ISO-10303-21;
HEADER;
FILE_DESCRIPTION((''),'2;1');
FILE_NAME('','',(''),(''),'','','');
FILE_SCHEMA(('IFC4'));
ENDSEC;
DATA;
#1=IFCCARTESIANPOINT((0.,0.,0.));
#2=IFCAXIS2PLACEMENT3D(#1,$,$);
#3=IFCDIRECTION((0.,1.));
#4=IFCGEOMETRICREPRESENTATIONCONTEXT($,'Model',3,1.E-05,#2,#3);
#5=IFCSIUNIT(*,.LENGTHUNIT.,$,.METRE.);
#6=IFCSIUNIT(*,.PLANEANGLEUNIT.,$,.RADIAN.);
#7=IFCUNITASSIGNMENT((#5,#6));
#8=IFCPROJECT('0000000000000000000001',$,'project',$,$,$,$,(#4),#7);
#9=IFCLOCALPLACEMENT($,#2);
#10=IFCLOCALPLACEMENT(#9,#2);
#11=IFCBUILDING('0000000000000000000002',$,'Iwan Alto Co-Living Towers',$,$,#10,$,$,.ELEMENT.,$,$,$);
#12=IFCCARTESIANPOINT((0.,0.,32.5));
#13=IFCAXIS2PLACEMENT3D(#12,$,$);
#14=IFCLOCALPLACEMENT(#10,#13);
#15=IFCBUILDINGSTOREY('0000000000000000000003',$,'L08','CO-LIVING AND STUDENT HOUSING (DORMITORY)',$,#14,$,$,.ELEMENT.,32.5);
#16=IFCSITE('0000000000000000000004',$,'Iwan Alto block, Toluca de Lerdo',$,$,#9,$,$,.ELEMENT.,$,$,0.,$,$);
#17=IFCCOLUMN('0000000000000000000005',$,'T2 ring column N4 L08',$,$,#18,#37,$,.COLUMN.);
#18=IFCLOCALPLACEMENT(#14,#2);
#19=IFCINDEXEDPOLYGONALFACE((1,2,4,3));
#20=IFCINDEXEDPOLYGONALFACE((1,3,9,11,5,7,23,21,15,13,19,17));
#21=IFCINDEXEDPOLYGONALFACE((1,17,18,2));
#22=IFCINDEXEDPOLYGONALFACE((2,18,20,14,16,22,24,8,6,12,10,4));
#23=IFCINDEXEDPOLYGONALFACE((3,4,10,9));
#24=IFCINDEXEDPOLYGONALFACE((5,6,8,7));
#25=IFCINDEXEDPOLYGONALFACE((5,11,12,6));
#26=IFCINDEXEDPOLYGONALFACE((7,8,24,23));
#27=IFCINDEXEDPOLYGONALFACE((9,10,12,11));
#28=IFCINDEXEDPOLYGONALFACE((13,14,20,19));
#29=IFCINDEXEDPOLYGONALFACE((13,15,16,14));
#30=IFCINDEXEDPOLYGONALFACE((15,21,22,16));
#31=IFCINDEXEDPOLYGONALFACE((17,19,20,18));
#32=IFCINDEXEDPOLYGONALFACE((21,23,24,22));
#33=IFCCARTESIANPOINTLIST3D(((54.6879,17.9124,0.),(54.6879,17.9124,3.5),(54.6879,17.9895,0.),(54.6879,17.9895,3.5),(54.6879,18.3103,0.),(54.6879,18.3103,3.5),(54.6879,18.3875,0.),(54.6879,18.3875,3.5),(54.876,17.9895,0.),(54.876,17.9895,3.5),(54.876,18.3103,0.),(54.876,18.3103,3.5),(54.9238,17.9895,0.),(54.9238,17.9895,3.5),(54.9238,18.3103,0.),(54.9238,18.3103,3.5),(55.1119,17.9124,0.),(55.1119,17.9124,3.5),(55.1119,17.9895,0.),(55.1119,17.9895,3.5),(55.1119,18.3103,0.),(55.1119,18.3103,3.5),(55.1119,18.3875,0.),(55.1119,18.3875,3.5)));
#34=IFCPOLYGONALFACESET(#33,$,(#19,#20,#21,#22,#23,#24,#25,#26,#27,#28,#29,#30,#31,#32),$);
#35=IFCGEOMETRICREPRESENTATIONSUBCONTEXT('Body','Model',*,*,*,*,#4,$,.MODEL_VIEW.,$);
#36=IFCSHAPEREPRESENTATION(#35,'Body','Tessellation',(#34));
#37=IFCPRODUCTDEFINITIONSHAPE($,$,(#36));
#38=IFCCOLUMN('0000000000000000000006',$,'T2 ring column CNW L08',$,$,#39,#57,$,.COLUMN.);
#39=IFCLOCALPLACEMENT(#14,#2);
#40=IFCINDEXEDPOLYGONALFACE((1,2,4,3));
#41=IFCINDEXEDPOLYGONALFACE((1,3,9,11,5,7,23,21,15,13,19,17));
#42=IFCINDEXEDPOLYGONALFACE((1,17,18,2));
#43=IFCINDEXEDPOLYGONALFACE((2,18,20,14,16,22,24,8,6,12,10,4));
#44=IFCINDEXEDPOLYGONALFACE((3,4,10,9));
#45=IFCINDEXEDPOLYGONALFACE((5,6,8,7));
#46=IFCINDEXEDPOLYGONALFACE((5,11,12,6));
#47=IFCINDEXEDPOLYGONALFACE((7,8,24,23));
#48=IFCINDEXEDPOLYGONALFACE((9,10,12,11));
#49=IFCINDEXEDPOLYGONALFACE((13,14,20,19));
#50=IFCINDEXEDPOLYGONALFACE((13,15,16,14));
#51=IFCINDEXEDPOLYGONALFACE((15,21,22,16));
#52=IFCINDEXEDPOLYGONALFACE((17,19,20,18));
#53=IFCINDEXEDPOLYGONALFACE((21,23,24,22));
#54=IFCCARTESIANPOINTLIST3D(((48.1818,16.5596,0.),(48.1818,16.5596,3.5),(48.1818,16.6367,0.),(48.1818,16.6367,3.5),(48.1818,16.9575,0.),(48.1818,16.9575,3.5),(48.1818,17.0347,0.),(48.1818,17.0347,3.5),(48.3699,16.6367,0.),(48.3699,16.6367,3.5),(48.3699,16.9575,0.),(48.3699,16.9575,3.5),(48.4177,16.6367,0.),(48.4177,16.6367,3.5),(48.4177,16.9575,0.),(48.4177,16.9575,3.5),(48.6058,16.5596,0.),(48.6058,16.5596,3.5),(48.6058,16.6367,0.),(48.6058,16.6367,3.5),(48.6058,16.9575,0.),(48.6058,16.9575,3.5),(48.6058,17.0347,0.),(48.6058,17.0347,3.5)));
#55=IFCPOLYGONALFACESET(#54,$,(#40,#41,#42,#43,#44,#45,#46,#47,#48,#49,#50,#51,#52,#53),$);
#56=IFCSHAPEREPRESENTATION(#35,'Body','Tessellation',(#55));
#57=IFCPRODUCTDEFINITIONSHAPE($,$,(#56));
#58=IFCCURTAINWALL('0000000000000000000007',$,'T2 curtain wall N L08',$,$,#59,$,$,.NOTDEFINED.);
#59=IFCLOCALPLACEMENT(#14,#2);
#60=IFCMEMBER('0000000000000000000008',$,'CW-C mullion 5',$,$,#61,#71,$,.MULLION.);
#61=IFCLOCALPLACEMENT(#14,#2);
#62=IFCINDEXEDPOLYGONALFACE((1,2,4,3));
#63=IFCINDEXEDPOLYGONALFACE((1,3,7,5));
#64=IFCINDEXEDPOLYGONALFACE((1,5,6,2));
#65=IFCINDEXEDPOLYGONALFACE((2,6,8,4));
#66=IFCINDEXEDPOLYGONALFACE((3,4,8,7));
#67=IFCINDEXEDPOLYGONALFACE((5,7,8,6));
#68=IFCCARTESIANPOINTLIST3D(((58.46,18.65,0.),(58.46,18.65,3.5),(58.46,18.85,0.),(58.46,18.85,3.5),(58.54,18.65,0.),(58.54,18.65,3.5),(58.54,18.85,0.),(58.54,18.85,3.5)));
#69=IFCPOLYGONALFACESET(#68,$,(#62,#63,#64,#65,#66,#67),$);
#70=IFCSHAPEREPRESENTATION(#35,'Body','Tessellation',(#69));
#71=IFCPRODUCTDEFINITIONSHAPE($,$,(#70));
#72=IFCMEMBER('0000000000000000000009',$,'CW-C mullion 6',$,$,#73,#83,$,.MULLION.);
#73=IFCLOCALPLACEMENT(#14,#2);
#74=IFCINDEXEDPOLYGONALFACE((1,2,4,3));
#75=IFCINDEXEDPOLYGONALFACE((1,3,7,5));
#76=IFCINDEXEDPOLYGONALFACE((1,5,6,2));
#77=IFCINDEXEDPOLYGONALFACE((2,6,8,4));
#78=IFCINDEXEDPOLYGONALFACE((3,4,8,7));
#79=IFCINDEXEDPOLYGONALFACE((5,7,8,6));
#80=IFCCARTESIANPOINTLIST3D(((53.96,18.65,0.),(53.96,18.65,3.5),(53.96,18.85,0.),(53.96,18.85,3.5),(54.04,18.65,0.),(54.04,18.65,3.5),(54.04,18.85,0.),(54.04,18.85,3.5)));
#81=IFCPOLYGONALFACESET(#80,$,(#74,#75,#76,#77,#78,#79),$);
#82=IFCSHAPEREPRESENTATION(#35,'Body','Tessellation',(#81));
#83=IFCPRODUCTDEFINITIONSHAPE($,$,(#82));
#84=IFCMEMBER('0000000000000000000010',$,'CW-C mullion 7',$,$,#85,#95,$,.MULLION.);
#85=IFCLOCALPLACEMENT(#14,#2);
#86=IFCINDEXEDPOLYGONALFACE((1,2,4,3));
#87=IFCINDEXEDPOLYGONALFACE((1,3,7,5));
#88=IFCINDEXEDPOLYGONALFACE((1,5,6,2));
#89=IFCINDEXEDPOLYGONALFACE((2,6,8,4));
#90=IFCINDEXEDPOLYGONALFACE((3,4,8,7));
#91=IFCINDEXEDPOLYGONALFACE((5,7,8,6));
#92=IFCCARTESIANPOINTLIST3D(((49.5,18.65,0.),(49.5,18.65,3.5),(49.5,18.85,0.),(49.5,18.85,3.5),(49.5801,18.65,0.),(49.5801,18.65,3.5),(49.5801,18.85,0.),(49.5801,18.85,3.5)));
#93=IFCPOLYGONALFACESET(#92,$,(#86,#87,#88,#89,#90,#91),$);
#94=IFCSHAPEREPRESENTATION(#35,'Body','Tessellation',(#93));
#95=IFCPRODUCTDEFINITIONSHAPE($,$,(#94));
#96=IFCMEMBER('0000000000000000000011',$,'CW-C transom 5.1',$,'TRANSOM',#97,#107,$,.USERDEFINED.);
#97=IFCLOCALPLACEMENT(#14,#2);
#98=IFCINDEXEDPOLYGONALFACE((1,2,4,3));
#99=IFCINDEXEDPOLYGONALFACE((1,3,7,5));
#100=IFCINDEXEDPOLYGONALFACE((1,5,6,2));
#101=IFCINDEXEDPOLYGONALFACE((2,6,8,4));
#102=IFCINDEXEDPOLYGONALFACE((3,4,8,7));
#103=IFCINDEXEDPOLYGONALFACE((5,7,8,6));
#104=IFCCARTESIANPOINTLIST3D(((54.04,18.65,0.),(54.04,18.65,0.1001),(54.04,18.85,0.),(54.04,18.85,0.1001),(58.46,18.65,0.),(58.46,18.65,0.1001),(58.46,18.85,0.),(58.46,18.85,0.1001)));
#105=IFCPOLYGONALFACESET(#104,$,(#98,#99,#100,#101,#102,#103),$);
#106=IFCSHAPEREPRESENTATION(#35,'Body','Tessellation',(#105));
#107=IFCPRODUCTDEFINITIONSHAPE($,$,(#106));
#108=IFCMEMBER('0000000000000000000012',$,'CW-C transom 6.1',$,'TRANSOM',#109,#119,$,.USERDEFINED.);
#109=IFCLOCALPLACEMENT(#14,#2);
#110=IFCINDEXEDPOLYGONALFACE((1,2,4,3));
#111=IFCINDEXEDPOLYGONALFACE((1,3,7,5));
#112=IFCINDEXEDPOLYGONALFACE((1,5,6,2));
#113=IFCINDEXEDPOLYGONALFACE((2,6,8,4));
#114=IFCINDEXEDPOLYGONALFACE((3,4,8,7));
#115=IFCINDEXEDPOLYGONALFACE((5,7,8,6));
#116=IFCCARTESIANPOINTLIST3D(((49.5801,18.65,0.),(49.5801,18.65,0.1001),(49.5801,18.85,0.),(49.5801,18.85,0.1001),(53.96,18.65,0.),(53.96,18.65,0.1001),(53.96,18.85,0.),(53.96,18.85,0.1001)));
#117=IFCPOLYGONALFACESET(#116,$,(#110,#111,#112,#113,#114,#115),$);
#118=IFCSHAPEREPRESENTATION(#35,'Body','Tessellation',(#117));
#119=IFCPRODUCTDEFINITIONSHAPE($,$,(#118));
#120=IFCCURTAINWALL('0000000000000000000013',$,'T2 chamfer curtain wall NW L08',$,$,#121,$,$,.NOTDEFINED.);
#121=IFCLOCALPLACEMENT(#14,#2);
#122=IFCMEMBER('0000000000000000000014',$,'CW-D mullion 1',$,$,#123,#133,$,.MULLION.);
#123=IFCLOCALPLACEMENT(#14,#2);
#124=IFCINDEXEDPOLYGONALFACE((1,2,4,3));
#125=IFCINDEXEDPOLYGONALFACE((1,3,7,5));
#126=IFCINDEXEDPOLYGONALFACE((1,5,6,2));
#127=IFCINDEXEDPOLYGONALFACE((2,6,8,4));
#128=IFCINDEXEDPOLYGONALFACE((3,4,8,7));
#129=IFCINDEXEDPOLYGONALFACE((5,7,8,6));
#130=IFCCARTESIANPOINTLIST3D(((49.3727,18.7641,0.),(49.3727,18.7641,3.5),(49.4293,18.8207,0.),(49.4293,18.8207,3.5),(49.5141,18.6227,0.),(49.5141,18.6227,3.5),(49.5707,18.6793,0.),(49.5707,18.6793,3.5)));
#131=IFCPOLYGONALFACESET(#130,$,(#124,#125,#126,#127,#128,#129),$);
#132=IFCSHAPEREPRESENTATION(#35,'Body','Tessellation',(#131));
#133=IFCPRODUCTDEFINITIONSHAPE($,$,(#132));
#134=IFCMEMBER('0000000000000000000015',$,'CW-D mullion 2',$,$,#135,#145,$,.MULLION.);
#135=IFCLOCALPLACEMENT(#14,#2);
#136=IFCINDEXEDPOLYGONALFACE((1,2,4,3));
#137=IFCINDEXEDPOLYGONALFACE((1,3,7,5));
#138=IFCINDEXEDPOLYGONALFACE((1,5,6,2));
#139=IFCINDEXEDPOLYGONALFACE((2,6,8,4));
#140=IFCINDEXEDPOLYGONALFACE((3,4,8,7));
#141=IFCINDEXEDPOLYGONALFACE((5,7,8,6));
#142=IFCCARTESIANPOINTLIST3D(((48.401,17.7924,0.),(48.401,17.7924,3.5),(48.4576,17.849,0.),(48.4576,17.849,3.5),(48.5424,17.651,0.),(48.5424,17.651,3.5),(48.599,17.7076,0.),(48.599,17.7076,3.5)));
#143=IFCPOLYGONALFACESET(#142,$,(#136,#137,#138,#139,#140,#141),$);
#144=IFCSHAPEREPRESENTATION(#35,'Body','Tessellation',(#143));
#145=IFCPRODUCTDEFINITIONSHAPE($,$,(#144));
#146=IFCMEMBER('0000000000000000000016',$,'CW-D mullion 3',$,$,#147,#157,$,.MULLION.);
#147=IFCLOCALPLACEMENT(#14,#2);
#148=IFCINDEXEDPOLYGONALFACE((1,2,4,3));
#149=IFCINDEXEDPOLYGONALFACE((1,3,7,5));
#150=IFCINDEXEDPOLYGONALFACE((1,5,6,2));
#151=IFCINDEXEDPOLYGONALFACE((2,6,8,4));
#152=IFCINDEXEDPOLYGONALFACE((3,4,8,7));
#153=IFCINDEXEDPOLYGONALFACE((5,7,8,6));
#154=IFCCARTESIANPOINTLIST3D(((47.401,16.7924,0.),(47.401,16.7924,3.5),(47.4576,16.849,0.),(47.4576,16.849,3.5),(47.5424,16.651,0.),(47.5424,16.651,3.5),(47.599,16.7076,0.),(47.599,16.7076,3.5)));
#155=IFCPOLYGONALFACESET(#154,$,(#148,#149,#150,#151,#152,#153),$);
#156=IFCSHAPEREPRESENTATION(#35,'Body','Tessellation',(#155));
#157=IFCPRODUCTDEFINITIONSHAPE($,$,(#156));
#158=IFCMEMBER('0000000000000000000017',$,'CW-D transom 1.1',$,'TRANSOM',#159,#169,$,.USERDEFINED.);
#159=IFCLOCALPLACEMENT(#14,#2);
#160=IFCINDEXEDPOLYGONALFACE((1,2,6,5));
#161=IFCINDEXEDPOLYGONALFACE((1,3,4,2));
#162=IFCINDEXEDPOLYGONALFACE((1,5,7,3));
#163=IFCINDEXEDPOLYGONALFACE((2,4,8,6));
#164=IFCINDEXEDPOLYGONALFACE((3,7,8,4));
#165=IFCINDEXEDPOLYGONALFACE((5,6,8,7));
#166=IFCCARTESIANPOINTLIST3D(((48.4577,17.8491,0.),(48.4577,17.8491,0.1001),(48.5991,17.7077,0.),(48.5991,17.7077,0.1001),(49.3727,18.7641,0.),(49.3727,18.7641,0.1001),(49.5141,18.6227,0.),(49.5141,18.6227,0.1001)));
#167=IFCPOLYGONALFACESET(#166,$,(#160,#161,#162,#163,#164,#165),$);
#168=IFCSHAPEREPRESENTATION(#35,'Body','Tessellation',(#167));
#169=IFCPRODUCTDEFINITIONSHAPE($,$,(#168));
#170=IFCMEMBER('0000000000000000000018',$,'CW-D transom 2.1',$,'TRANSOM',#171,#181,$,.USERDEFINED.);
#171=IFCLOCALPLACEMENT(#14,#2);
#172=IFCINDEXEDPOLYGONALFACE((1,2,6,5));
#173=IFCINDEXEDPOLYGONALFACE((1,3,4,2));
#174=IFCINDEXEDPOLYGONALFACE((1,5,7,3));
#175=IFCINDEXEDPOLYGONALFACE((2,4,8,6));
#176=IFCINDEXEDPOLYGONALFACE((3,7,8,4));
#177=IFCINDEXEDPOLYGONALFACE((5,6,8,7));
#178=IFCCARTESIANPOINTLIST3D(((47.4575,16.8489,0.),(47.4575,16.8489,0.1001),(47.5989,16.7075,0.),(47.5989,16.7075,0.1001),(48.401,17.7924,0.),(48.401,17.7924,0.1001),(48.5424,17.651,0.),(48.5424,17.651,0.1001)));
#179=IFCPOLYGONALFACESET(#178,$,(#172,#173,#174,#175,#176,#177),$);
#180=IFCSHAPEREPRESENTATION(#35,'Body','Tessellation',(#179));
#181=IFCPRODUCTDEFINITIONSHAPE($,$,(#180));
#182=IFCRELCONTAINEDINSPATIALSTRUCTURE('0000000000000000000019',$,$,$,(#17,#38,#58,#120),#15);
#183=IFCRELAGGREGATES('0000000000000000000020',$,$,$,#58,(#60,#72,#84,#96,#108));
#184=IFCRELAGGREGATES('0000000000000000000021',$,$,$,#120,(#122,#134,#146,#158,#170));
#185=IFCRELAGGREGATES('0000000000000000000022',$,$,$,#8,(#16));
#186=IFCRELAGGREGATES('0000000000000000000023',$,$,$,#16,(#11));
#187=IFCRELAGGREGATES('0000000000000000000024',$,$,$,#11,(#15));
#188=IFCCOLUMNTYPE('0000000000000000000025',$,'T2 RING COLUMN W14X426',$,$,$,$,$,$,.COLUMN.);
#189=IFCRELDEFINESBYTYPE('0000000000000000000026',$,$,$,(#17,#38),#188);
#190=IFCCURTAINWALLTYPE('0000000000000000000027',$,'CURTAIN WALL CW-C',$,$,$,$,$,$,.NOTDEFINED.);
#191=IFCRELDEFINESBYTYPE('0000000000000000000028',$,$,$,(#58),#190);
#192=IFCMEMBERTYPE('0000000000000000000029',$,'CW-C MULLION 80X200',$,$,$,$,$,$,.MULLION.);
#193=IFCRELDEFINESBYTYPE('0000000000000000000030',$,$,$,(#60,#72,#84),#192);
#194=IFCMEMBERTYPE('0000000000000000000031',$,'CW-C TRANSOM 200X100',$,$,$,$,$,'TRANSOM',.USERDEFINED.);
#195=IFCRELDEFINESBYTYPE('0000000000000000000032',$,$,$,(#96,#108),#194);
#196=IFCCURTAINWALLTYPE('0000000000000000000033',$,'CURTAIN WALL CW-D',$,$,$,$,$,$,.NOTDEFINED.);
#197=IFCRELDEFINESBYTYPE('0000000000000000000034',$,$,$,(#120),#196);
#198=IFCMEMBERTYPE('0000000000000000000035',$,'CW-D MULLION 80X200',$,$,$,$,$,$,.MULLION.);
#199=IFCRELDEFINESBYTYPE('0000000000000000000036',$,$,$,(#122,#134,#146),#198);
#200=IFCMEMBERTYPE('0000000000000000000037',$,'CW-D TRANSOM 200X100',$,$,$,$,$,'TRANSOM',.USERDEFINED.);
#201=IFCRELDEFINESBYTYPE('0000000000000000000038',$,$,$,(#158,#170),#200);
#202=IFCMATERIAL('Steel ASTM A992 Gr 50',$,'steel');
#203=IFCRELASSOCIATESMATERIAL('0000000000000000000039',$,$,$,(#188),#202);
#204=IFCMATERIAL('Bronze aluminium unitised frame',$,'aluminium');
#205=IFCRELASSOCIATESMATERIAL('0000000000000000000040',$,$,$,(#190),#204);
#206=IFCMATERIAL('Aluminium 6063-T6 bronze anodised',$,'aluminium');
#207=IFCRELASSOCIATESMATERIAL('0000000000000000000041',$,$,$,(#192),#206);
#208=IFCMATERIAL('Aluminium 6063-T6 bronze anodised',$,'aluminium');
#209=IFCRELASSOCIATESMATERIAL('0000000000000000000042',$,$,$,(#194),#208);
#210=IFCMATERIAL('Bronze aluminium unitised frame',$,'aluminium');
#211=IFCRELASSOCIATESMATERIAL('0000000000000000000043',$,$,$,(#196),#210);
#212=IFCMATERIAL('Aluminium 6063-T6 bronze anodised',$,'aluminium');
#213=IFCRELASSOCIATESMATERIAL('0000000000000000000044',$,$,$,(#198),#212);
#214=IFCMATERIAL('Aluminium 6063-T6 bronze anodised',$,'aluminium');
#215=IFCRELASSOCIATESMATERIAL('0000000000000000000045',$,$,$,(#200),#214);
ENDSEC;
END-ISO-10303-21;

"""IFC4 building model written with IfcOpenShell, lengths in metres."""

from ifc_helpers import new_model, si_unit, direction, frame, origin, origin_2d, place, context, subcontext, project, spatial, rectangle, i_section, extrude, material, material_profile, profile_set, type_object, element, aggregate, save


model = new_model("IFC4")

# Units and contexts
model_context = context("Model", 3, precision=1e-05, world=origin(), true_north=direction((0.0, 1.0)))
body_context = subcontext(model_context, "Body", "Model", "MODEL_VIEW")
ifc_project = project(units=[si_unit("LENGTHUNIT", "METRE"), si_unit("PLANEANGLEUNIT", "RADIAN")], contexts=[model_context])

# Site, building, storey
site_placement = place(None, origin())
site = spatial("IfcSite", under=ifc_project, at=site_placement, Name="Iwan Alto block, Toluca de Lerdo", CompositionType="ELEMENT", RefElevation=0.0)
building_placement = place(site_placement, origin())
building = spatial("IfcBuilding", under=site, at=building_placement, Name="Iwan Alto Co-Living Towers", CompositionType="ELEMENT")
storey_placement = place(building_placement, frame((0.0, 0.0, 32.5)))
storey = spatial("IfcBuildingStorey", under=building, at=storey_placement, Name="L08", Description="CO-LIVING AND STUDENT HOUSING (DORMITORY)", CompositionType="ELEMENT", Elevation=32.5)

# Columns
ifc_material_1 = material(Name="Steel ASTM A992 Gr 50", Category="steel")
ifc_material_profile_1 = material_profile(ifc_material_1, i_section(OverallWidth=0.4241, OverallDepth=0.4751, WebThickness=0.0479, FlangeThickness=0.0771, at=origin_2d()), Name="W14X426")
ifc_profile_set_1 = profile_set([ifc_material_profile_1], Name="Steel ASTM A992 Gr 50")
column_type = type_object("IfcColumnType", Name="T2 RING COLUMN W14X426", PredefinedType="COLUMN", material=ifc_profile_set_1)
for number, where, z_axis, x_axis, name in (
    (1, (54.8999, 18.1499, 0.0), (0.0, 0.0, 1.0), (1.0, 0.0, 0.0), "T2 ring column N4 L08"),
    (2, (48.3938, 16.7971, 0.0), (0.0, 0.0, 1.0), (1.0, 0.0, 0.0), "T2 ring column CNW L08"),
):
    element("IfcColumn", number, at=place(storey_placement, frame(where, z_axis=z_axis, x_axis=x_axis)), inside=storey, type_object=column_type, Name=name, PredefinedType="COLUMN", context=body_context, shape_type="SweptSolid", body=[
        extrude(i_section(OverallWidth=0.4241, OverallDepth=0.4751, WebThickness=0.0479, FlangeThickness=0.0771, at=origin_2d()), origin(), (0.0, 0.0, 1.0), 3.5),
    ])

# Curtain walls, members
ifc_material_2 = material(Name="Bronze aluminium unitised frame", Category="aluminium")
curtain_wall_type_1 = type_object("IfcCurtainWallType", Name="CURTAIN WALL CW-C", PredefinedType="NOTDEFINED", material=ifc_material_2)
curtain_wall_1_placement = place(storey_placement, origin())
curtain_wall_1 = element("IfcCurtainWall", 3, at=curtain_wall_1_placement, inside=storey, type_object=curtain_wall_type_1, Name="T2 curtain wall N L08", PredefinedType="NOTDEFINED")
ifc_material_3 = material(Name="Aluminium 6063-T6 bronze anodised", Category="aluminium")
ifc_material_profile_2 = material_profile(ifc_material_3, rectangle(XDim=0.2, YDim=0.0801, at=origin_2d()), Name="AL 80X200")
ifc_profile_set_2 = profile_set([ifc_material_profile_2], Name="Aluminium 6063-T6 bronze anodised")
member_type_1 = type_object("IfcMemberType", Name="CW-C MULLION 80X200", PredefinedType="MULLION", material=ifc_profile_set_2)
member_1_placement = place(storey_placement, frame((58.5, 18.75, 0.0), z_axis=(0.0, 0.0, 1.0), x_axis=(0.0, -1.0, 0.0)))
member_1 = element("IfcMember", 4, at=member_1_placement, type_object=member_type_1, Name="CW-C mullion 5", PredefinedType="MULLION", context=body_context, shape_type="SweptSolid", body=[
    extrude(rectangle(XDim=0.2, YDim=0.0801, at=origin_2d()), origin(), (0.0, 0.0, 1.0), 3.5),
])
member_2_placement = place(storey_placement, frame((54.0, 18.75, 0.0), z_axis=(0.0, 0.0, 1.0), x_axis=(0.0, -1.0, 0.0)))
member_2 = element("IfcMember", 5, at=member_2_placement, type_object=member_type_1, Name="CW-C mullion 6", PredefinedType="MULLION", context=body_context, shape_type="SweptSolid", body=[
    extrude(rectangle(XDim=0.2, YDim=0.0801, at=origin_2d()), origin(), (0.0, 0.0, 1.0), 3.5),
])
member_3_placement = place(storey_placement, frame((49.54, 18.75, 0.0), z_axis=(0.0, 0.0, 1.0), x_axis=(0.0, -1.0, 0.0)))
member_3 = element("IfcMember", 6, at=member_3_placement, type_object=member_type_1, Name="CW-C mullion 7", PredefinedType="MULLION", context=body_context, shape_type="SweptSolid", body=[
    extrude(rectangle(XDim=0.2, YDim=0.0801, at=origin_2d()), origin(), (0.0, 0.0, 1.0), 3.5),
])
ifc_material_4 = material(Name="Aluminium 6063-T6 bronze anodised", Category="aluminium")
ifc_material_profile_3 = material_profile(ifc_material_4, rectangle(XDim=0.2, YDim=0.1001, at=origin_2d()), Name="AL 200X100")
ifc_profile_set_3 = profile_set([ifc_material_profile_3], Name="Aluminium 6063-T6 bronze anodised")
member_type_2 = type_object("IfcMemberType", Name="CW-C TRANSOM 200X100", ElementType="TRANSOM", PredefinedType="USERDEFINED", material=ifc_profile_set_3)
member_4_placement = place(storey_placement, frame((58.46, 18.75, 0.05), z_axis=(-1.0, 0.0, 0.0), x_axis=(0.0, -1.0, 0.0)))
member_4 = element("IfcMember", 7, at=member_4_placement, type_object=member_type_2, Name="CW-C transom 5.1", ObjectType="TRANSOM", PredefinedType="USERDEFINED", context=body_context, shape_type="SweptSolid", body=[
    extrude(rectangle(XDim=0.2, YDim=0.1001, at=origin_2d()), origin(), (0.0, 0.0, 1.0), 4.4199),
])
member_5_placement = place(storey_placement, frame((53.96, 18.75, 0.05), z_axis=(-1.0, 0.0, 0.0), x_axis=(0.0, -1.0, 0.0)))
member_5 = element("IfcMember", 8, at=member_5_placement, type_object=member_type_2, Name="CW-C transom 6.1", ObjectType="TRANSOM", PredefinedType="USERDEFINED", context=body_context, shape_type="SweptSolid", body=[
    extrude(rectangle(XDim=0.2, YDim=0.1001, at=origin_2d()), origin(), (0.0, 0.0, 1.0), 4.3799),
])
ifc_material_5 = material(Name="Bronze aluminium unitised frame", Category="aluminium")
curtain_wall_type_2 = type_object("IfcCurtainWallType", Name="CURTAIN WALL CW-D", PredefinedType="NOTDEFINED", material=ifc_material_5)
curtain_wall_2_placement = place(storey_placement, origin())
curtain_wall_2 = element("IfcCurtainWall", 9, at=curtain_wall_2_placement, inside=storey, type_object=curtain_wall_type_2, Name="T2 chamfer curtain wall NW L08", PredefinedType="NOTDEFINED")
ifc_material_6 = material(Name="Aluminium 6063-T6 bronze anodised", Category="aluminium")
ifc_material_profile_4 = material_profile(ifc_material_6, rectangle(XDim=0.2, YDim=0.0801, at=origin_2d()), Name="AL 80X200")
ifc_profile_set_4 = profile_set([ifc_material_profile_4], Name="Aluminium 6063-T6 bronze anodised")
member_type_3 = type_object("IfcMemberType", Name="CW-D MULLION 80X200", PredefinedType="MULLION", material=ifc_profile_set_4)
member_6_placement = place(storey_placement, frame((49.4717, 18.7217, 0.0), z_axis=(0.0, 0.0, 1.0), x_axis=(0.707107, -0.707107, 0.0)))
member_6 = element("IfcMember", 10, at=member_6_placement, type_object=member_type_3, Name="CW-D mullion 1", PredefinedType="MULLION", context=body_context, shape_type="SweptSolid", body=[
    extrude(rectangle(XDim=0.2, YDim=0.0801, at=origin_2d()), origin(), (0.0, 0.0, 1.0), 3.5),
])
member_7_placement = place(storey_placement, frame((48.5, 17.75, 0.0), z_axis=(0.0, 0.0, 1.0), x_axis=(0.707107, -0.707107, 0.0)))
member_7 = element("IfcMember", 11, at=member_7_placement, type_object=member_type_3, Name="CW-D mullion 2", PredefinedType="MULLION", context=body_context, shape_type="SweptSolid", body=[
    extrude(rectangle(XDim=0.2, YDim=0.0801, at=origin_2d()), origin(), (0.0, 0.0, 1.0), 3.5),
])
member_8_placement = place(storey_placement, frame((47.5, 16.75, 0.0), z_axis=(0.0, 0.0, 1.0), x_axis=(0.707107, -0.707107, 0.0)))
member_8 = element("IfcMember", 12, at=member_8_placement, type_object=member_type_3, Name="CW-D mullion 3", PredefinedType="MULLION", context=body_context, shape_type="SweptSolid", body=[
    extrude(rectangle(XDim=0.2, YDim=0.0801, at=origin_2d()), origin(), (0.0, 0.0, 1.0), 3.5),
])
ifc_material_7 = material(Name="Aluminium 6063-T6 bronze anodised", Category="aluminium")
ifc_material_profile_5 = material_profile(ifc_material_7, rectangle(XDim=0.2, YDim=0.1001, at=origin_2d()), Name="AL 200X100")
ifc_profile_set_5 = profile_set([ifc_material_profile_5], Name="Aluminium 6063-T6 bronze anodised")
member_type_4 = type_object("IfcMemberType", Name="CW-D TRANSOM 200X100", ElementType="TRANSOM", PredefinedType="USERDEFINED", material=ifc_profile_set_5)
member_9_placement = place(storey_placement, frame((49.4434, 18.6934, 0.05), z_axis=(-0.707107, -0.707107, 0.0), x_axis=(0.707107, -0.707107, 0.0)))
member_9 = element("IfcMember", 13, at=member_9_placement, type_object=member_type_4, Name="CW-D transom 1.1", ObjectType="TRANSOM", PredefinedType="USERDEFINED", context=body_context, shape_type="SweptSolid", body=[
    extrude(rectangle(XDim=0.2, YDim=0.1001, at=origin_2d()), origin(), (0.0, 0.0, 1.0), 1.2939),
])
member_10_placement = place(storey_placement, frame((48.4717, 17.7217, 0.05), z_axis=(-0.707107, -0.707107, 0.0), x_axis=(0.707107, -0.707107, 0.0)))
member_10 = element("IfcMember", 14, at=member_10_placement, type_object=member_type_4, Name="CW-D transom 2.1", ObjectType="TRANSOM", PredefinedType="USERDEFINED", context=body_context, shape_type="SweptSolid", body=[
    extrude(rectangle(XDim=0.2, YDim=0.1001, at=origin_2d()), origin(), (0.0, 0.0, 1.0), 1.3342),
])

aggregate(curtain_wall_1, [member_1, member_2, member_3, member_4, member_5])
aggregate(curtain_wall_2, [member_6, member_7, member_8, member_9, member_10])

save(model, "model.ifc")
